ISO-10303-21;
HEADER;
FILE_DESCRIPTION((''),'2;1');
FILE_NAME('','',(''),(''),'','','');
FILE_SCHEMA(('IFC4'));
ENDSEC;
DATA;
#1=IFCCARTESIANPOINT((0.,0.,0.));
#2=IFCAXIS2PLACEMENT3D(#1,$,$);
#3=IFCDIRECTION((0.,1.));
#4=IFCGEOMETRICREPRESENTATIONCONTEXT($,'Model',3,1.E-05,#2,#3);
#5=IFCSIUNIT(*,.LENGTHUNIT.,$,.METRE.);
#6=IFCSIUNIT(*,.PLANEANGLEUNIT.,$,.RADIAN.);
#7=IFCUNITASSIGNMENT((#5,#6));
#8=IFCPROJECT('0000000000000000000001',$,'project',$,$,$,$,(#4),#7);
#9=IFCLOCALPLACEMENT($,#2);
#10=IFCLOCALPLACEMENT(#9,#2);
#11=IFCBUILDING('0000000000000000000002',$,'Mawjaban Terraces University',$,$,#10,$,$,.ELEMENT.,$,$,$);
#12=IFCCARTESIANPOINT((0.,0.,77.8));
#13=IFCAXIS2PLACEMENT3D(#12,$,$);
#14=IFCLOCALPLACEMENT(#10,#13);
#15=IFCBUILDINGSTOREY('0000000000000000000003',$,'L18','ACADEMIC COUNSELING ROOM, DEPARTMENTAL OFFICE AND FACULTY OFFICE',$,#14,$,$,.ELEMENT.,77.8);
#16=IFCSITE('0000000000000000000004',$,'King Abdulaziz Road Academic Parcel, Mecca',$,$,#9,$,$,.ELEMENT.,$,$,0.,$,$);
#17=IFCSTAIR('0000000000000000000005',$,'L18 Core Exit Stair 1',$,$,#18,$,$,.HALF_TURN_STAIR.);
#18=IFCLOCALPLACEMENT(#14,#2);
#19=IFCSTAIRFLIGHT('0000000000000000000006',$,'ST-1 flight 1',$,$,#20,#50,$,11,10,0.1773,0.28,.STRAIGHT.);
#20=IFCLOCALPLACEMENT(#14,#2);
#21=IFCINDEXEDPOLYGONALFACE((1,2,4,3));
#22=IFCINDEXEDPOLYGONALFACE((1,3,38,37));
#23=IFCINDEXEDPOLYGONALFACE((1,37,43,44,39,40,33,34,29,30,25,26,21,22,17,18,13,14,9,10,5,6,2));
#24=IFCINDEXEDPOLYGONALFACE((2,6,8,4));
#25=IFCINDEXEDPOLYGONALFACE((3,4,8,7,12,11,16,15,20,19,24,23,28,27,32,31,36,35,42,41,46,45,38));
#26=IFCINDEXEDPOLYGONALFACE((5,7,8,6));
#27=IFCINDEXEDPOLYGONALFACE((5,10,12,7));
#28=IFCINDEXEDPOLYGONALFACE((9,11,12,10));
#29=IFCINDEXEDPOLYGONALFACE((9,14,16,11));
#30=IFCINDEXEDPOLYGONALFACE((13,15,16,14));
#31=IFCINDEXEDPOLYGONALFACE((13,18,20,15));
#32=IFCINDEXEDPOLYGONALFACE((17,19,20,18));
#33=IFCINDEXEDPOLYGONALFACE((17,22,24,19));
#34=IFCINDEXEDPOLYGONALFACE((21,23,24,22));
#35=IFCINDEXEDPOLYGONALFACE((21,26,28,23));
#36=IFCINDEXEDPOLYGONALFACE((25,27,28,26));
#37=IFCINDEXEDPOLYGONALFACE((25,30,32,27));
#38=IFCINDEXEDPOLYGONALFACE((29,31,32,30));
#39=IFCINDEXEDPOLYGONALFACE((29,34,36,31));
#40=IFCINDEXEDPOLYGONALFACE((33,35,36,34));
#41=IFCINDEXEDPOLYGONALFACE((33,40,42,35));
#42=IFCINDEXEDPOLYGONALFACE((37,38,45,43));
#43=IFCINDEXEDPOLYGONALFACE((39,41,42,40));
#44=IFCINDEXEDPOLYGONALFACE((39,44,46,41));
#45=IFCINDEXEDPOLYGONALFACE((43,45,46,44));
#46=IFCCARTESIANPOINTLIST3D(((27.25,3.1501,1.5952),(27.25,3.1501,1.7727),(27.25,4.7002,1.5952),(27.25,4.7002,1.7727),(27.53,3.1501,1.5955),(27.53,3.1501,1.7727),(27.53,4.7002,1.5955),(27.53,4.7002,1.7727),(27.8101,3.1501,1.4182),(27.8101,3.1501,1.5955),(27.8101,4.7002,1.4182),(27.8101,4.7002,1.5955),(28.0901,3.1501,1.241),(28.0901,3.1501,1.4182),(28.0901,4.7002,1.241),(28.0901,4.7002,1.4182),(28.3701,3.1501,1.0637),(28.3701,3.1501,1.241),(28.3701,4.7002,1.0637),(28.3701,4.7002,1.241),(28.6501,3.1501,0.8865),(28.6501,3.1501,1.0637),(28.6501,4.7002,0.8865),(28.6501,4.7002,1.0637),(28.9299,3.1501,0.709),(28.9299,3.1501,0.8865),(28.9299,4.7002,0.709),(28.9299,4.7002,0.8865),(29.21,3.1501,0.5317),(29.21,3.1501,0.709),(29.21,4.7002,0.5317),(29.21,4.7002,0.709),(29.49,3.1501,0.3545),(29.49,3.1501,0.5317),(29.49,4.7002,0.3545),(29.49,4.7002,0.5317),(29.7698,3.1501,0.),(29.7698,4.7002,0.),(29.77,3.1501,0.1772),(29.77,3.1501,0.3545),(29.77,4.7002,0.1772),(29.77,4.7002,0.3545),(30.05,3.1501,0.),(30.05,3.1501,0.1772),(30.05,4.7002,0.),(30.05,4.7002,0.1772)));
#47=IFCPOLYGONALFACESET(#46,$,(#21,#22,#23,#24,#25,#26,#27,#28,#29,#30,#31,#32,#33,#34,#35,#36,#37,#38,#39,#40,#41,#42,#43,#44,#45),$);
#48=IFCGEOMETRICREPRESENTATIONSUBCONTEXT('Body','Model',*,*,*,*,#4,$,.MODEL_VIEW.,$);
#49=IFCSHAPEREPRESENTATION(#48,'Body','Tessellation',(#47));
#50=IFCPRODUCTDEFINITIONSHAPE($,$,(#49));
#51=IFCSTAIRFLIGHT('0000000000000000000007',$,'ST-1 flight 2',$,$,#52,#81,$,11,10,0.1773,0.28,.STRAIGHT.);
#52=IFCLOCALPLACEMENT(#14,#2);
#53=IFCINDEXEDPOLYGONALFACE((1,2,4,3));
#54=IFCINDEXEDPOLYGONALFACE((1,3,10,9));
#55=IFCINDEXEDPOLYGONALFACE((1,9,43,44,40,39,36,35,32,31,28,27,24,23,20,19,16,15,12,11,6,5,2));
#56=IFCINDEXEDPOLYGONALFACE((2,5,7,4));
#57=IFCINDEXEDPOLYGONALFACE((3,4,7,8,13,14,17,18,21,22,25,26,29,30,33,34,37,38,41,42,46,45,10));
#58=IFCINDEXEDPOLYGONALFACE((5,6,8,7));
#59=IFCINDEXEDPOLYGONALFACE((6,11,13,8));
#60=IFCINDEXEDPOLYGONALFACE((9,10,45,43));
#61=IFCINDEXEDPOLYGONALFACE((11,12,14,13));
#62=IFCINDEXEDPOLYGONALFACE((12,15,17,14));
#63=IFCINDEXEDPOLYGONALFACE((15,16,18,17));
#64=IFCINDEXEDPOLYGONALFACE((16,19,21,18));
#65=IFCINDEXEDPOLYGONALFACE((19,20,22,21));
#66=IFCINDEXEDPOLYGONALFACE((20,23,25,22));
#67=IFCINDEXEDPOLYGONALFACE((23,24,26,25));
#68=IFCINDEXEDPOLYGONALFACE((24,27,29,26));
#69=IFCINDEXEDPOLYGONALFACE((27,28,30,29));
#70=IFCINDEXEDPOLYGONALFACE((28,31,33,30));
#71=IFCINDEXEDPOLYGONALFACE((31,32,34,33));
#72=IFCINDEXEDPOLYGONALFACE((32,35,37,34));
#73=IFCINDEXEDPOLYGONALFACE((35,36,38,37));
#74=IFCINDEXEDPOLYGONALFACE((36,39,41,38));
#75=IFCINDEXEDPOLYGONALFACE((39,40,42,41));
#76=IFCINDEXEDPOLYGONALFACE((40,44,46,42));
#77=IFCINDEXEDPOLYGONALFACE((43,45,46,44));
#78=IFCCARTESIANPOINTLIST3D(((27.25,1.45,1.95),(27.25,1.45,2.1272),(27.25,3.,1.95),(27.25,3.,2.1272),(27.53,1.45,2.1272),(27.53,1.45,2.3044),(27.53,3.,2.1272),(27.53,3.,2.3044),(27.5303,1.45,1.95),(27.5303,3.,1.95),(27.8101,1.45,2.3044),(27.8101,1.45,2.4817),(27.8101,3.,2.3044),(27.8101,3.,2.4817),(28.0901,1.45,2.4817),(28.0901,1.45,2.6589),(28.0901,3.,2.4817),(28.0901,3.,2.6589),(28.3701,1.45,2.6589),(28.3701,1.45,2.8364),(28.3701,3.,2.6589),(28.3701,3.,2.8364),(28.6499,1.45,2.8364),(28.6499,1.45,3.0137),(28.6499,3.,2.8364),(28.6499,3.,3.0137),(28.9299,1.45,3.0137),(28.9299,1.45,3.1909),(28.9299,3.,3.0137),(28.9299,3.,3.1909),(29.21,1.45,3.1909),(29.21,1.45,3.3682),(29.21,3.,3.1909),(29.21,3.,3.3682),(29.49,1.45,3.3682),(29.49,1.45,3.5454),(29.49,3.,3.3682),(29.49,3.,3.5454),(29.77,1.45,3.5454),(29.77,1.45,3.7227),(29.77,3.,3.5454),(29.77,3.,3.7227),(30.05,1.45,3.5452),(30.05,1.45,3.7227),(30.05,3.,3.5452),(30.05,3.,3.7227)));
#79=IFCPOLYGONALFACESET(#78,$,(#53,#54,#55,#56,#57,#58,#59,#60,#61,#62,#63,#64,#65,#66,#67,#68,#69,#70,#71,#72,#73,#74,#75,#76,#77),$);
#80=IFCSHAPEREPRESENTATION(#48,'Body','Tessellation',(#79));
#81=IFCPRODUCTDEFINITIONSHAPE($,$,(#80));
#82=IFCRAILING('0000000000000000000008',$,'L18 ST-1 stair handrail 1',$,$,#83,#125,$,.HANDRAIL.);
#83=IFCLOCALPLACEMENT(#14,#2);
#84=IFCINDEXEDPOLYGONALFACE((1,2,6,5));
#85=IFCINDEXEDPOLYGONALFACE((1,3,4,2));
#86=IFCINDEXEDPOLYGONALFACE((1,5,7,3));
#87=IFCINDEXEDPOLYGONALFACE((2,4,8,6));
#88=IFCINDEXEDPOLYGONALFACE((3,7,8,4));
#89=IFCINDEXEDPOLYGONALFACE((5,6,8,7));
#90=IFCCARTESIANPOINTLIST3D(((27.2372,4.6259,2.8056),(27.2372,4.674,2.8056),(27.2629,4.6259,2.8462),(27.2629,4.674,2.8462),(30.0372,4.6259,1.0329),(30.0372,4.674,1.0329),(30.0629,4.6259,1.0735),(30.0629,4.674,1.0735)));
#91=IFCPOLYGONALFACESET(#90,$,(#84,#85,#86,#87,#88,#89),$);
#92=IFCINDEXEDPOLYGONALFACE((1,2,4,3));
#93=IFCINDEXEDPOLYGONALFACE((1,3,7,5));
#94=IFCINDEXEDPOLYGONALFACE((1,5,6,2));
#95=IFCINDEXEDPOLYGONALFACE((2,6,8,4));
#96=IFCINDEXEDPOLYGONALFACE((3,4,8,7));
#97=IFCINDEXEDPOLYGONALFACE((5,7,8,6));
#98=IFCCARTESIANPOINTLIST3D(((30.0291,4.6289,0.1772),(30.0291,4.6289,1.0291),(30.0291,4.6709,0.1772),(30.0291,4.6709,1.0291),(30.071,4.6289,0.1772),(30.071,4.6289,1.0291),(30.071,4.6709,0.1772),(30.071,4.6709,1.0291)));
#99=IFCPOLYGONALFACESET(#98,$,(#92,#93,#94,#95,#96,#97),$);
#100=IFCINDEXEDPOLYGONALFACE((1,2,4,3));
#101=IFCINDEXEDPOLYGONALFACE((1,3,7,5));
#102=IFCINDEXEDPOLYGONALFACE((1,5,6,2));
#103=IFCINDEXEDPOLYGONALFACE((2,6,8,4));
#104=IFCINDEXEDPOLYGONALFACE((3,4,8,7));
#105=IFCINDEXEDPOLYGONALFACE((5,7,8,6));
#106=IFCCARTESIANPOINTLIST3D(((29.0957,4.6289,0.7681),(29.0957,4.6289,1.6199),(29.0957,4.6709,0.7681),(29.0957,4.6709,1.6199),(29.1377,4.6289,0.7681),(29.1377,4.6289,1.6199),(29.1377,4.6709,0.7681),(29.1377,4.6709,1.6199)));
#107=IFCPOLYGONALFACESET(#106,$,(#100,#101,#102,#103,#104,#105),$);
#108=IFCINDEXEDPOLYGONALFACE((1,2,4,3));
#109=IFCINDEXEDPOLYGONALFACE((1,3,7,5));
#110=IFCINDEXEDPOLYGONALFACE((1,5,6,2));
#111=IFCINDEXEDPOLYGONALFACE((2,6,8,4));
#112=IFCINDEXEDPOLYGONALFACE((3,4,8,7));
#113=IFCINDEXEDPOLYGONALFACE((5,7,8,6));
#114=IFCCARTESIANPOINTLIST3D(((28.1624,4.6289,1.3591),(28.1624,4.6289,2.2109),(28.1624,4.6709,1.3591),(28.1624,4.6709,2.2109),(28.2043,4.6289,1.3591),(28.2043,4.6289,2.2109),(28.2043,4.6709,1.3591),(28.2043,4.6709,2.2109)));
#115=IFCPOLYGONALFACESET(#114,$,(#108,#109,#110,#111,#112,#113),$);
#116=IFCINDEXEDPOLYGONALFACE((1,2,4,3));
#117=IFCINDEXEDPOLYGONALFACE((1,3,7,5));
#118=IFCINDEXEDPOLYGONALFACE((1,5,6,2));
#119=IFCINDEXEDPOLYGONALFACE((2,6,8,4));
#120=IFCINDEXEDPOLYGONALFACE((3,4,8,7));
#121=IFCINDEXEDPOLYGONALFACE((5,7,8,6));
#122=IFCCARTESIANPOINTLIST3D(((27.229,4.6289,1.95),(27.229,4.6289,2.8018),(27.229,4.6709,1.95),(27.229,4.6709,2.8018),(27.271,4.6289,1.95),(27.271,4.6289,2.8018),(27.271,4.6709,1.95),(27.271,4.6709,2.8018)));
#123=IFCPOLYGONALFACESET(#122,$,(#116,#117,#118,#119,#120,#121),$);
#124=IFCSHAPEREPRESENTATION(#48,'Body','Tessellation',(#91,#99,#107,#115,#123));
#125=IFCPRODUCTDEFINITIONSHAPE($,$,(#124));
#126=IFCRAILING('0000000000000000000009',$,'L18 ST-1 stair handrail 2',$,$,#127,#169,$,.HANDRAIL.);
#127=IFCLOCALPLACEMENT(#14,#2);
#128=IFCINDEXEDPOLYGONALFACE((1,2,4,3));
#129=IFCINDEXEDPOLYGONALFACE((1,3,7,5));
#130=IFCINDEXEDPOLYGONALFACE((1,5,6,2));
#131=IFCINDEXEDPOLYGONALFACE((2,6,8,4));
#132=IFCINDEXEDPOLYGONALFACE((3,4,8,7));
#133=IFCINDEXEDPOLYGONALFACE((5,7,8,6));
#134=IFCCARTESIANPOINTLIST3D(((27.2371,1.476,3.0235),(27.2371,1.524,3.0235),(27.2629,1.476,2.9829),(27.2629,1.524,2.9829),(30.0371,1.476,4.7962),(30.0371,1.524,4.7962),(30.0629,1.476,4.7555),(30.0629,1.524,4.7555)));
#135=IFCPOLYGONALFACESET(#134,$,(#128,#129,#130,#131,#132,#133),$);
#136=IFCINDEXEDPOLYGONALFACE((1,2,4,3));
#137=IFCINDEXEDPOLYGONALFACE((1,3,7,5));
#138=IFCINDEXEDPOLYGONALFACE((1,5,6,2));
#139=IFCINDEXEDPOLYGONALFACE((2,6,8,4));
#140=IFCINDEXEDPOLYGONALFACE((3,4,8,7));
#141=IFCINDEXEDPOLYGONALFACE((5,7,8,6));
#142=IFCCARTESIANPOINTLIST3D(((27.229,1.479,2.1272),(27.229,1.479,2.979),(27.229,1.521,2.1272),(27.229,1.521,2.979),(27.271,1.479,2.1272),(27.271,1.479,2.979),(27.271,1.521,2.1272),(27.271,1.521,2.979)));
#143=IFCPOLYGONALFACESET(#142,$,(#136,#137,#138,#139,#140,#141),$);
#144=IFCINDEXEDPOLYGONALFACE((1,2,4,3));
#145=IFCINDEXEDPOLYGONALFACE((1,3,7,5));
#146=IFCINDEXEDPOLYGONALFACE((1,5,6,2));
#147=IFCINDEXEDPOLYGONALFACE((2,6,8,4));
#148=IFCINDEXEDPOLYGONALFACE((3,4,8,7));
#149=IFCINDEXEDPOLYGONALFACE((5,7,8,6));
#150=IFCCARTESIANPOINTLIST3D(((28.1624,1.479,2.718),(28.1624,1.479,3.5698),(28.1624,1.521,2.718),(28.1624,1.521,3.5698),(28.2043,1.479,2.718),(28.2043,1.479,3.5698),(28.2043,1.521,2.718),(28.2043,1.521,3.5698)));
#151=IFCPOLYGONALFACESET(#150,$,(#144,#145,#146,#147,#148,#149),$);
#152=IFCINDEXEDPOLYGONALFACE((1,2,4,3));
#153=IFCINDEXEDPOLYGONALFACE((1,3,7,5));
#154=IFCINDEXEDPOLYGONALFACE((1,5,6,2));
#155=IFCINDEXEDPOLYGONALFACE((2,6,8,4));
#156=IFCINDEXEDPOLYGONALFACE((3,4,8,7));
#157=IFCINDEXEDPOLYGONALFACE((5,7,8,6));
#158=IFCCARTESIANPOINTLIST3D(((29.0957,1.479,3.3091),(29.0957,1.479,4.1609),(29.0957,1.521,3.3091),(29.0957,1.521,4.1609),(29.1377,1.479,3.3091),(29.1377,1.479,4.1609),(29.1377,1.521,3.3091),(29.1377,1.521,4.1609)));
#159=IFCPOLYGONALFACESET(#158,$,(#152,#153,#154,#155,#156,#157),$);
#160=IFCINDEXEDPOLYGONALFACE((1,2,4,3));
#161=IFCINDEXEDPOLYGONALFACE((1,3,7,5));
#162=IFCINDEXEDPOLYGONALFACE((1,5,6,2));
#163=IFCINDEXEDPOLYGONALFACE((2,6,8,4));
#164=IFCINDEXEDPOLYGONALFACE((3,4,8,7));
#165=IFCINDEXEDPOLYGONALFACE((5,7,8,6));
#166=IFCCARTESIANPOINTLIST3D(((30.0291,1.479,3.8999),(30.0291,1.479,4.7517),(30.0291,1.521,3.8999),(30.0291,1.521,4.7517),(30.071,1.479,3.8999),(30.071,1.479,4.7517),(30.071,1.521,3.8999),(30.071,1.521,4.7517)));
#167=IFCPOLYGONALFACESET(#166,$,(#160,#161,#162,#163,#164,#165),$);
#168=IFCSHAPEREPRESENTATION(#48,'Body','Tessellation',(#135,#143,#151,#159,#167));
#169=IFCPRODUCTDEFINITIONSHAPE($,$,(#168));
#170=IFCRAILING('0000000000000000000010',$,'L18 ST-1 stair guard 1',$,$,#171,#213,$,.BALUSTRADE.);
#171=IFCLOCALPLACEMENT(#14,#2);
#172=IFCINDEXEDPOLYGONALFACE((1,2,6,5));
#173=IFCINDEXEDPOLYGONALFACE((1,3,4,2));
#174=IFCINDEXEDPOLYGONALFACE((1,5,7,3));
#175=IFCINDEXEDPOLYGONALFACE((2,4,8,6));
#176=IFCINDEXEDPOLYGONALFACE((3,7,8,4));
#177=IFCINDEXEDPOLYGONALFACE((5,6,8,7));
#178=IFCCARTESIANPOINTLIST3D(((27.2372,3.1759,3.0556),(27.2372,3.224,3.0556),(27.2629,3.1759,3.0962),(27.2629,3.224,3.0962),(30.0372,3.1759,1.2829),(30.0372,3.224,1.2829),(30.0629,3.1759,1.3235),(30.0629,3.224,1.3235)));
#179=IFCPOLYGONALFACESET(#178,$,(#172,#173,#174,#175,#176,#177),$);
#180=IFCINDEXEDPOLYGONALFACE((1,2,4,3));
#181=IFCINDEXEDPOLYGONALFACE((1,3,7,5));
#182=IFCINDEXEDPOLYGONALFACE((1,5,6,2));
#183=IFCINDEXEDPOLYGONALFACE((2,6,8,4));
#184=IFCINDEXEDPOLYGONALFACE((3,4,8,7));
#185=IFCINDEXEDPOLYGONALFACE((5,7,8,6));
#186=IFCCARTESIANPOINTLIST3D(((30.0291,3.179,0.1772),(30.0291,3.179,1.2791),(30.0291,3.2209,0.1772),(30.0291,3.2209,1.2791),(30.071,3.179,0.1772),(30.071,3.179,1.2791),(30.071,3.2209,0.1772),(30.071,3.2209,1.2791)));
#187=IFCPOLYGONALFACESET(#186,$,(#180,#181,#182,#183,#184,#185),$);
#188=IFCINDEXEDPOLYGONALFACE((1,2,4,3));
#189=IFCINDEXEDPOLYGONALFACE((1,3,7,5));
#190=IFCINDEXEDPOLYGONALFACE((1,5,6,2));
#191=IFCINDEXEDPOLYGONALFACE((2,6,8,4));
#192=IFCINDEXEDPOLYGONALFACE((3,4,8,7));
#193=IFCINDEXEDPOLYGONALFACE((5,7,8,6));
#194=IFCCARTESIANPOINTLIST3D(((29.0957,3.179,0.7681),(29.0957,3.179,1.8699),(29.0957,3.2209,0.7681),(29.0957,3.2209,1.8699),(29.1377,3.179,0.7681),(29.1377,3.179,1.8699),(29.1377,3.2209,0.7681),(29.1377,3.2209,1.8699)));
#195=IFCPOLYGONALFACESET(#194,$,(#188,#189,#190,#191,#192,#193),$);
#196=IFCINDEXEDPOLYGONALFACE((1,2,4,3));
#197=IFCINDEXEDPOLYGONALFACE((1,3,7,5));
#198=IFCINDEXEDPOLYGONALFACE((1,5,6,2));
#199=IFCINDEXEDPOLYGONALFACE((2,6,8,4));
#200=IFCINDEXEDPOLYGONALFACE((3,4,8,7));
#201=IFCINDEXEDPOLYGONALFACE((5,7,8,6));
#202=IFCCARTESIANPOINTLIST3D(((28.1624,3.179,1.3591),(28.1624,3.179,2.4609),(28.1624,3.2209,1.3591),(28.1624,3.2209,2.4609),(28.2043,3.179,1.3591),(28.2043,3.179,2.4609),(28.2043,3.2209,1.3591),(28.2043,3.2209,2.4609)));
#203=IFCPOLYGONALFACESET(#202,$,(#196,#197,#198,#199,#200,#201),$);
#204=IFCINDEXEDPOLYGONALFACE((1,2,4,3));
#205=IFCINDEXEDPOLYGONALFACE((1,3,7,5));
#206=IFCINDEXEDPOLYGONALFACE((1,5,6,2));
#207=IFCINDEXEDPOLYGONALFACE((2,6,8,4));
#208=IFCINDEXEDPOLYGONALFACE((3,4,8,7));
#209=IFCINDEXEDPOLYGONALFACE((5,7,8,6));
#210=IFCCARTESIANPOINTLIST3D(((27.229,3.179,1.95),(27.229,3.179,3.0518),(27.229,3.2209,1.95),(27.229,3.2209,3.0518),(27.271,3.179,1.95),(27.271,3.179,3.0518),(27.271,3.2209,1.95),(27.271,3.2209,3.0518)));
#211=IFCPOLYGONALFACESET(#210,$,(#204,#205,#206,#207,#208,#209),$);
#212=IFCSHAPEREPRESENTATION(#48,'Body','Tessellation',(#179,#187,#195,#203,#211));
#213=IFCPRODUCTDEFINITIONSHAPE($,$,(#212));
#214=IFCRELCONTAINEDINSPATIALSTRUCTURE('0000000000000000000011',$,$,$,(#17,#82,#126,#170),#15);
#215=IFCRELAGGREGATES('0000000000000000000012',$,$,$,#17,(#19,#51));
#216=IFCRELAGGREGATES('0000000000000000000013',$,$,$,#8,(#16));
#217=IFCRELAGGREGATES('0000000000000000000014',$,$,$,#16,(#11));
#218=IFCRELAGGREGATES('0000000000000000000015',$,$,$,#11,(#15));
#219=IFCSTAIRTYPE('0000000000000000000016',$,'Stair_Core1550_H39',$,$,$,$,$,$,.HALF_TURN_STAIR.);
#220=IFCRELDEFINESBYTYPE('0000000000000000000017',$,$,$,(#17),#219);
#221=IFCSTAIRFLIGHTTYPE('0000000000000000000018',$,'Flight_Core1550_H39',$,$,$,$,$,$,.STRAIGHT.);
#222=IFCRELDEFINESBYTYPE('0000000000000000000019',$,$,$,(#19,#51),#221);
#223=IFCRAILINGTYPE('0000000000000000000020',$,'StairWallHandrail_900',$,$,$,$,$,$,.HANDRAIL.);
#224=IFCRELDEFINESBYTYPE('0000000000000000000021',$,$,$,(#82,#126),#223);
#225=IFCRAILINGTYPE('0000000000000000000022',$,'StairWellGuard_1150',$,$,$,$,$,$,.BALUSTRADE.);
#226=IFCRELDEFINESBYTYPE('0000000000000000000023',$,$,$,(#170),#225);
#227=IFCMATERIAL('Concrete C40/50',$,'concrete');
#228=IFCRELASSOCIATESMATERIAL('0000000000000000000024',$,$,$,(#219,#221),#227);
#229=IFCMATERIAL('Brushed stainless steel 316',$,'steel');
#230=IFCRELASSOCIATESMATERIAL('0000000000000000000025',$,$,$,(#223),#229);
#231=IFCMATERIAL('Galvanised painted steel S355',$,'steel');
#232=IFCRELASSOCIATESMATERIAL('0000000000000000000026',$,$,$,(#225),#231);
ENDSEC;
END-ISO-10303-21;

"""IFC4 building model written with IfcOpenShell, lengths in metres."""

from ifc_helpers import new_model, si_unit, direction, frame, origin, origin_2d, place, context, subcontext, project, spatial, polyline, rectangle, outline, extrude, material, type_object, element, aggregate, save


model = new_model("IFC4")

# Units and contexts
model_context = context("Model", 3, precision=1e-05, world=origin(), true_north=direction((0.0, 1.0)))
body_context = subcontext(model_context, "Body", "Model", "MODEL_VIEW")
ifc_project = project(units=[si_unit("LENGTHUNIT", "METRE"), si_unit("PLANEANGLEUNIT", "RADIAN")], contexts=[model_context])

# Site, building, storey
site_placement = place(None, origin())
site = spatial("IfcSite", under=ifc_project, at=site_placement, Name="King Abdulaziz Road Academic Parcel, Mecca", CompositionType="ELEMENT", RefElevation=0.0)
building_placement = place(site_placement, origin())
building = spatial("IfcBuilding", under=site, at=building_placement, Name="Mawjaban Terraces University", CompositionType="ELEMENT")
storey_placement = place(building_placement, frame((0.0, 0.0, 77.8)))
storey = spatial("IfcBuildingStorey", under=building, at=storey_placement, Name="L18", Description="ACADEMIC COUNSELING ROOM, DEPARTMENTAL OFFICE AND FACULTY OFFICE", CompositionType="ELEMENT", Elevation=77.8)

# Stair, stair flights
ifc_material_1 = material(Name="Concrete C40/50", Category="concrete")
stair_type = type_object("IfcStairType", Name="Stair_Core1550_H39", PredefinedType="HALF_TURN_STAIR", material=ifc_material_1)
stair_placement = place(storey_placement, origin())
stair = element("IfcStair", 1, at=stair_placement, inside=storey, type_object=stair_type, Name="L18 Core Exit Stair 1", PredefinedType="HALF_TURN_STAIR")
stair_flight_type = type_object("IfcStairFlightType", Name="Flight_Core1550_H39", PredefinedType="STRAIGHT", material=ifc_material_1)
stair_flight_1_placement = place(storey_placement, frame((30.05, 3.925, 0.0), z_axis=(0.0, 0.0, 1.0), x_axis=(-1.0, 0.0, 0.0)))
stair_flight_1 = element("IfcStairFlight", 2, at=stair_flight_1_placement, type_object=stair_flight_type, Name="ST-1 flight 1", NumberOfRisers=11, NumberOfTreads=10, PredefinedType="STRAIGHT", RiserHeight=0.1773, TreadLength=0.28, context=body_context, shape_type="SweptSolid", body=[
    extrude(outline(polyline([(0.0, 0.0), (0.0, 0.1772), (0.28, 0.1772), (0.28, 0.3545), (0.5601, 0.3545), (0.5601, 0.5317), (0.8401, 0.5317), (0.8401, 0.709), (1.1201, 0.709), (1.1201, 0.8865), (1.3999, 0.8865), (1.3999, 1.0637), (1.6799, 1.0637), (1.6799, 1.241), (1.96, 1.241), (1.96, 1.4182), (2.24, 1.4182), (2.24, 1.5955), (2.52, 1.5955), (2.52, 1.7727), (2.8, 1.7727), (2.8, 1.95), (2.8, 1.5952), (0.2803, 0.0), (0.0, 0.0)])), frame((0.0, 0.7749, 0.0), z_axis=(0.0, -1.0, 0.0), x_axis=(1.0, 0.0, 0.0)), (0.0, 0.0, 1.0), 1.55),
])
stair_flight_2_placement = place(storey_placement, frame((27.25, 2.2251, 1.95), z_axis=(0.0, 0.0, 1.0), x_axis=(1.0, 0.0, 0.0)))
stair_flight_2 = element("IfcStairFlight", 3, at=stair_flight_2_placement, type_object=stair_flight_type, Name="ST-1 flight 2", NumberOfRisers=11, NumberOfTreads=10, PredefinedType="STRAIGHT", RiserHeight=0.1773, TreadLength=0.28, context=body_context, shape_type="SweptSolid", body=[
    extrude(outline(polyline([(0.0, 0.0), (0.0, 0.1772), (0.28, 0.1772), (0.28, 0.3545), (0.5601, 0.3545), (0.5601, 0.5317), (0.8401, 0.5317), (0.8401, 0.709), (1.1201, 0.709), (1.1201, 0.8865), (1.3999, 0.8865), (1.3999, 1.0637), (1.6799, 1.0637), (1.6799, 1.241), (1.96, 1.241), (1.96, 1.4182), (2.24, 1.4182), (2.24, 1.5955), (2.52, 1.5955), (2.52, 1.7727), (2.8, 1.7727), (2.8, 1.95), (2.8, 1.5952), (0.2803, 0.0), (0.0, 0.0)])), frame((0.0, 0.7749, 0.0), z_axis=(0.0, -1.0, 0.0), x_axis=(1.0, 0.0, 0.0)), (0.0, 0.0, 1.0), 1.55),
])
aggregate(stair, [stair_flight_1, stair_flight_2])

# Railings
ifc_material_2 = material(Name="Brushed stainless steel 316", Category="steel")
railing_type_1 = type_object("IfcRailingType", Name="StairWallHandrail_900", PredefinedType="HANDRAIL", material=ifc_material_2)
railing_1_placement = place(storey_placement, frame((30.05, 4.6499, 0.1772)))
element("IfcRailing", 4, at=railing_1_placement, inside=storey, type_object=railing_type_1, Name="L18 ST-1 stair handrail 1", PredefinedType="HANDRAIL", context=body_context, shape_type="SweptSolid", body=[
    extrude(rectangle(XDim=0.0481, YDim=0.0481, at=origin_2d()), frame((0.0, 0.0, 0.876), z_axis=(-0.844909, 0.0, 0.53491), x_axis=(0.0, -1.0, 0.0)), (0.0, 0.0, 1.0), 3.314),
    extrude(rectangle(XDim=0.042, YDim=0.042, at=origin_2d()), origin(), (0.0, 0.0, 1.0), 0.8518),
    extrude(rectangle(XDim=0.042, YDim=0.042, at=origin_2d()), frame((-0.9333, 0.0, 0.5908)), (0.0, 0.0, 1.0), 0.8518),
    extrude(rectangle(XDim=0.042, YDim=0.042, at=origin_2d()), frame((-1.8667, 0.0, 1.1819)), (0.0, 0.0, 1.0), 0.8518),
    extrude(rectangle(XDim=0.042, YDim=0.042, at=origin_2d()), frame((-2.8, 0.0, 1.7727)), (0.0, 0.0, 1.0), 0.8518),
])
railing_2_placement = place(storey_placement, frame((27.25, 1.5, 2.1272)))
element("IfcRailing", 5, at=railing_2_placement, inside=storey, type_object=railing_type_1, Name="L18 ST-1 stair handrail 2", PredefinedType="HANDRAIL", context=body_context, shape_type="SweptSolid", body=[
    extrude(rectangle(XDim=0.0481, YDim=0.0481, at=origin_2d()), frame((0.0, 0.0, 0.876), z_axis=(0.844909, 0.0, 0.53491), x_axis=(0.0, 1.0, 0.0)), (0.0, 0.0, 1.0), 3.314),
    extrude(rectangle(XDim=0.042, YDim=0.042, at=origin_2d()), origin(), (0.0, 0.0, 1.0), 0.8518),
    extrude(rectangle(XDim=0.042, YDim=0.042, at=origin_2d()), frame((0.9333, 0.0, 0.5908)), (0.0, 0.0, 1.0), 0.8518),
    extrude(rectangle(XDim=0.042, YDim=0.042, at=origin_2d()), frame((1.8667, 0.0, 1.1819)), (0.0, 0.0, 1.0), 0.8518),
    extrude(rectangle(XDim=0.042, YDim=0.042, at=origin_2d()), frame((2.8, 0.0, 1.7727)), (0.0, 0.0, 1.0), 0.8518),
])
ifc_material_3 = material(Name="Galvanised painted steel S355", Category="steel")
railing_type_2 = type_object("IfcRailingType", Name="StairWellGuard_1150", PredefinedType="BALUSTRADE", material=ifc_material_3)
railing_3_placement = place(storey_placement, frame((30.05, 3.2, 0.1772)))
element("IfcRailing", 6, at=railing_3_placement, inside=storey, type_object=railing_type_2, Name="L18 ST-1 stair guard 1", PredefinedType="BALUSTRADE", context=body_context, shape_type="SweptSolid", body=[
    extrude(rectangle(XDim=0.0481, YDim=0.0481, at=origin_2d()), frame((0.0, 0.0, 1.126), z_axis=(-0.844909, 0.0, 0.53491), x_axis=(0.0, -1.0, 0.0)), (0.0, 0.0, 1.0), 3.314),
    extrude(rectangle(XDim=0.042, YDim=0.042, at=origin_2d()), origin(), (0.0, 0.0, 1.0), 1.1018),
    extrude(rectangle(XDim=0.042, YDim=0.042, at=origin_2d()), frame((-0.9333, 0.0, 0.5908)), (0.0, 0.0, 1.0), 1.1018),
    extrude(rectangle(XDim=0.042, YDim=0.042, at=origin_2d()), frame((-1.8667, 0.0, 1.1819)), (0.0, 0.0, 1.0), 1.1018),
    extrude(rectangle(XDim=0.042, YDim=0.042, at=origin_2d()), frame((-2.8, 0.0, 1.7727)), (0.0, 0.0, 1.0), 1.1018),
])

save(model, "model.ifc")
